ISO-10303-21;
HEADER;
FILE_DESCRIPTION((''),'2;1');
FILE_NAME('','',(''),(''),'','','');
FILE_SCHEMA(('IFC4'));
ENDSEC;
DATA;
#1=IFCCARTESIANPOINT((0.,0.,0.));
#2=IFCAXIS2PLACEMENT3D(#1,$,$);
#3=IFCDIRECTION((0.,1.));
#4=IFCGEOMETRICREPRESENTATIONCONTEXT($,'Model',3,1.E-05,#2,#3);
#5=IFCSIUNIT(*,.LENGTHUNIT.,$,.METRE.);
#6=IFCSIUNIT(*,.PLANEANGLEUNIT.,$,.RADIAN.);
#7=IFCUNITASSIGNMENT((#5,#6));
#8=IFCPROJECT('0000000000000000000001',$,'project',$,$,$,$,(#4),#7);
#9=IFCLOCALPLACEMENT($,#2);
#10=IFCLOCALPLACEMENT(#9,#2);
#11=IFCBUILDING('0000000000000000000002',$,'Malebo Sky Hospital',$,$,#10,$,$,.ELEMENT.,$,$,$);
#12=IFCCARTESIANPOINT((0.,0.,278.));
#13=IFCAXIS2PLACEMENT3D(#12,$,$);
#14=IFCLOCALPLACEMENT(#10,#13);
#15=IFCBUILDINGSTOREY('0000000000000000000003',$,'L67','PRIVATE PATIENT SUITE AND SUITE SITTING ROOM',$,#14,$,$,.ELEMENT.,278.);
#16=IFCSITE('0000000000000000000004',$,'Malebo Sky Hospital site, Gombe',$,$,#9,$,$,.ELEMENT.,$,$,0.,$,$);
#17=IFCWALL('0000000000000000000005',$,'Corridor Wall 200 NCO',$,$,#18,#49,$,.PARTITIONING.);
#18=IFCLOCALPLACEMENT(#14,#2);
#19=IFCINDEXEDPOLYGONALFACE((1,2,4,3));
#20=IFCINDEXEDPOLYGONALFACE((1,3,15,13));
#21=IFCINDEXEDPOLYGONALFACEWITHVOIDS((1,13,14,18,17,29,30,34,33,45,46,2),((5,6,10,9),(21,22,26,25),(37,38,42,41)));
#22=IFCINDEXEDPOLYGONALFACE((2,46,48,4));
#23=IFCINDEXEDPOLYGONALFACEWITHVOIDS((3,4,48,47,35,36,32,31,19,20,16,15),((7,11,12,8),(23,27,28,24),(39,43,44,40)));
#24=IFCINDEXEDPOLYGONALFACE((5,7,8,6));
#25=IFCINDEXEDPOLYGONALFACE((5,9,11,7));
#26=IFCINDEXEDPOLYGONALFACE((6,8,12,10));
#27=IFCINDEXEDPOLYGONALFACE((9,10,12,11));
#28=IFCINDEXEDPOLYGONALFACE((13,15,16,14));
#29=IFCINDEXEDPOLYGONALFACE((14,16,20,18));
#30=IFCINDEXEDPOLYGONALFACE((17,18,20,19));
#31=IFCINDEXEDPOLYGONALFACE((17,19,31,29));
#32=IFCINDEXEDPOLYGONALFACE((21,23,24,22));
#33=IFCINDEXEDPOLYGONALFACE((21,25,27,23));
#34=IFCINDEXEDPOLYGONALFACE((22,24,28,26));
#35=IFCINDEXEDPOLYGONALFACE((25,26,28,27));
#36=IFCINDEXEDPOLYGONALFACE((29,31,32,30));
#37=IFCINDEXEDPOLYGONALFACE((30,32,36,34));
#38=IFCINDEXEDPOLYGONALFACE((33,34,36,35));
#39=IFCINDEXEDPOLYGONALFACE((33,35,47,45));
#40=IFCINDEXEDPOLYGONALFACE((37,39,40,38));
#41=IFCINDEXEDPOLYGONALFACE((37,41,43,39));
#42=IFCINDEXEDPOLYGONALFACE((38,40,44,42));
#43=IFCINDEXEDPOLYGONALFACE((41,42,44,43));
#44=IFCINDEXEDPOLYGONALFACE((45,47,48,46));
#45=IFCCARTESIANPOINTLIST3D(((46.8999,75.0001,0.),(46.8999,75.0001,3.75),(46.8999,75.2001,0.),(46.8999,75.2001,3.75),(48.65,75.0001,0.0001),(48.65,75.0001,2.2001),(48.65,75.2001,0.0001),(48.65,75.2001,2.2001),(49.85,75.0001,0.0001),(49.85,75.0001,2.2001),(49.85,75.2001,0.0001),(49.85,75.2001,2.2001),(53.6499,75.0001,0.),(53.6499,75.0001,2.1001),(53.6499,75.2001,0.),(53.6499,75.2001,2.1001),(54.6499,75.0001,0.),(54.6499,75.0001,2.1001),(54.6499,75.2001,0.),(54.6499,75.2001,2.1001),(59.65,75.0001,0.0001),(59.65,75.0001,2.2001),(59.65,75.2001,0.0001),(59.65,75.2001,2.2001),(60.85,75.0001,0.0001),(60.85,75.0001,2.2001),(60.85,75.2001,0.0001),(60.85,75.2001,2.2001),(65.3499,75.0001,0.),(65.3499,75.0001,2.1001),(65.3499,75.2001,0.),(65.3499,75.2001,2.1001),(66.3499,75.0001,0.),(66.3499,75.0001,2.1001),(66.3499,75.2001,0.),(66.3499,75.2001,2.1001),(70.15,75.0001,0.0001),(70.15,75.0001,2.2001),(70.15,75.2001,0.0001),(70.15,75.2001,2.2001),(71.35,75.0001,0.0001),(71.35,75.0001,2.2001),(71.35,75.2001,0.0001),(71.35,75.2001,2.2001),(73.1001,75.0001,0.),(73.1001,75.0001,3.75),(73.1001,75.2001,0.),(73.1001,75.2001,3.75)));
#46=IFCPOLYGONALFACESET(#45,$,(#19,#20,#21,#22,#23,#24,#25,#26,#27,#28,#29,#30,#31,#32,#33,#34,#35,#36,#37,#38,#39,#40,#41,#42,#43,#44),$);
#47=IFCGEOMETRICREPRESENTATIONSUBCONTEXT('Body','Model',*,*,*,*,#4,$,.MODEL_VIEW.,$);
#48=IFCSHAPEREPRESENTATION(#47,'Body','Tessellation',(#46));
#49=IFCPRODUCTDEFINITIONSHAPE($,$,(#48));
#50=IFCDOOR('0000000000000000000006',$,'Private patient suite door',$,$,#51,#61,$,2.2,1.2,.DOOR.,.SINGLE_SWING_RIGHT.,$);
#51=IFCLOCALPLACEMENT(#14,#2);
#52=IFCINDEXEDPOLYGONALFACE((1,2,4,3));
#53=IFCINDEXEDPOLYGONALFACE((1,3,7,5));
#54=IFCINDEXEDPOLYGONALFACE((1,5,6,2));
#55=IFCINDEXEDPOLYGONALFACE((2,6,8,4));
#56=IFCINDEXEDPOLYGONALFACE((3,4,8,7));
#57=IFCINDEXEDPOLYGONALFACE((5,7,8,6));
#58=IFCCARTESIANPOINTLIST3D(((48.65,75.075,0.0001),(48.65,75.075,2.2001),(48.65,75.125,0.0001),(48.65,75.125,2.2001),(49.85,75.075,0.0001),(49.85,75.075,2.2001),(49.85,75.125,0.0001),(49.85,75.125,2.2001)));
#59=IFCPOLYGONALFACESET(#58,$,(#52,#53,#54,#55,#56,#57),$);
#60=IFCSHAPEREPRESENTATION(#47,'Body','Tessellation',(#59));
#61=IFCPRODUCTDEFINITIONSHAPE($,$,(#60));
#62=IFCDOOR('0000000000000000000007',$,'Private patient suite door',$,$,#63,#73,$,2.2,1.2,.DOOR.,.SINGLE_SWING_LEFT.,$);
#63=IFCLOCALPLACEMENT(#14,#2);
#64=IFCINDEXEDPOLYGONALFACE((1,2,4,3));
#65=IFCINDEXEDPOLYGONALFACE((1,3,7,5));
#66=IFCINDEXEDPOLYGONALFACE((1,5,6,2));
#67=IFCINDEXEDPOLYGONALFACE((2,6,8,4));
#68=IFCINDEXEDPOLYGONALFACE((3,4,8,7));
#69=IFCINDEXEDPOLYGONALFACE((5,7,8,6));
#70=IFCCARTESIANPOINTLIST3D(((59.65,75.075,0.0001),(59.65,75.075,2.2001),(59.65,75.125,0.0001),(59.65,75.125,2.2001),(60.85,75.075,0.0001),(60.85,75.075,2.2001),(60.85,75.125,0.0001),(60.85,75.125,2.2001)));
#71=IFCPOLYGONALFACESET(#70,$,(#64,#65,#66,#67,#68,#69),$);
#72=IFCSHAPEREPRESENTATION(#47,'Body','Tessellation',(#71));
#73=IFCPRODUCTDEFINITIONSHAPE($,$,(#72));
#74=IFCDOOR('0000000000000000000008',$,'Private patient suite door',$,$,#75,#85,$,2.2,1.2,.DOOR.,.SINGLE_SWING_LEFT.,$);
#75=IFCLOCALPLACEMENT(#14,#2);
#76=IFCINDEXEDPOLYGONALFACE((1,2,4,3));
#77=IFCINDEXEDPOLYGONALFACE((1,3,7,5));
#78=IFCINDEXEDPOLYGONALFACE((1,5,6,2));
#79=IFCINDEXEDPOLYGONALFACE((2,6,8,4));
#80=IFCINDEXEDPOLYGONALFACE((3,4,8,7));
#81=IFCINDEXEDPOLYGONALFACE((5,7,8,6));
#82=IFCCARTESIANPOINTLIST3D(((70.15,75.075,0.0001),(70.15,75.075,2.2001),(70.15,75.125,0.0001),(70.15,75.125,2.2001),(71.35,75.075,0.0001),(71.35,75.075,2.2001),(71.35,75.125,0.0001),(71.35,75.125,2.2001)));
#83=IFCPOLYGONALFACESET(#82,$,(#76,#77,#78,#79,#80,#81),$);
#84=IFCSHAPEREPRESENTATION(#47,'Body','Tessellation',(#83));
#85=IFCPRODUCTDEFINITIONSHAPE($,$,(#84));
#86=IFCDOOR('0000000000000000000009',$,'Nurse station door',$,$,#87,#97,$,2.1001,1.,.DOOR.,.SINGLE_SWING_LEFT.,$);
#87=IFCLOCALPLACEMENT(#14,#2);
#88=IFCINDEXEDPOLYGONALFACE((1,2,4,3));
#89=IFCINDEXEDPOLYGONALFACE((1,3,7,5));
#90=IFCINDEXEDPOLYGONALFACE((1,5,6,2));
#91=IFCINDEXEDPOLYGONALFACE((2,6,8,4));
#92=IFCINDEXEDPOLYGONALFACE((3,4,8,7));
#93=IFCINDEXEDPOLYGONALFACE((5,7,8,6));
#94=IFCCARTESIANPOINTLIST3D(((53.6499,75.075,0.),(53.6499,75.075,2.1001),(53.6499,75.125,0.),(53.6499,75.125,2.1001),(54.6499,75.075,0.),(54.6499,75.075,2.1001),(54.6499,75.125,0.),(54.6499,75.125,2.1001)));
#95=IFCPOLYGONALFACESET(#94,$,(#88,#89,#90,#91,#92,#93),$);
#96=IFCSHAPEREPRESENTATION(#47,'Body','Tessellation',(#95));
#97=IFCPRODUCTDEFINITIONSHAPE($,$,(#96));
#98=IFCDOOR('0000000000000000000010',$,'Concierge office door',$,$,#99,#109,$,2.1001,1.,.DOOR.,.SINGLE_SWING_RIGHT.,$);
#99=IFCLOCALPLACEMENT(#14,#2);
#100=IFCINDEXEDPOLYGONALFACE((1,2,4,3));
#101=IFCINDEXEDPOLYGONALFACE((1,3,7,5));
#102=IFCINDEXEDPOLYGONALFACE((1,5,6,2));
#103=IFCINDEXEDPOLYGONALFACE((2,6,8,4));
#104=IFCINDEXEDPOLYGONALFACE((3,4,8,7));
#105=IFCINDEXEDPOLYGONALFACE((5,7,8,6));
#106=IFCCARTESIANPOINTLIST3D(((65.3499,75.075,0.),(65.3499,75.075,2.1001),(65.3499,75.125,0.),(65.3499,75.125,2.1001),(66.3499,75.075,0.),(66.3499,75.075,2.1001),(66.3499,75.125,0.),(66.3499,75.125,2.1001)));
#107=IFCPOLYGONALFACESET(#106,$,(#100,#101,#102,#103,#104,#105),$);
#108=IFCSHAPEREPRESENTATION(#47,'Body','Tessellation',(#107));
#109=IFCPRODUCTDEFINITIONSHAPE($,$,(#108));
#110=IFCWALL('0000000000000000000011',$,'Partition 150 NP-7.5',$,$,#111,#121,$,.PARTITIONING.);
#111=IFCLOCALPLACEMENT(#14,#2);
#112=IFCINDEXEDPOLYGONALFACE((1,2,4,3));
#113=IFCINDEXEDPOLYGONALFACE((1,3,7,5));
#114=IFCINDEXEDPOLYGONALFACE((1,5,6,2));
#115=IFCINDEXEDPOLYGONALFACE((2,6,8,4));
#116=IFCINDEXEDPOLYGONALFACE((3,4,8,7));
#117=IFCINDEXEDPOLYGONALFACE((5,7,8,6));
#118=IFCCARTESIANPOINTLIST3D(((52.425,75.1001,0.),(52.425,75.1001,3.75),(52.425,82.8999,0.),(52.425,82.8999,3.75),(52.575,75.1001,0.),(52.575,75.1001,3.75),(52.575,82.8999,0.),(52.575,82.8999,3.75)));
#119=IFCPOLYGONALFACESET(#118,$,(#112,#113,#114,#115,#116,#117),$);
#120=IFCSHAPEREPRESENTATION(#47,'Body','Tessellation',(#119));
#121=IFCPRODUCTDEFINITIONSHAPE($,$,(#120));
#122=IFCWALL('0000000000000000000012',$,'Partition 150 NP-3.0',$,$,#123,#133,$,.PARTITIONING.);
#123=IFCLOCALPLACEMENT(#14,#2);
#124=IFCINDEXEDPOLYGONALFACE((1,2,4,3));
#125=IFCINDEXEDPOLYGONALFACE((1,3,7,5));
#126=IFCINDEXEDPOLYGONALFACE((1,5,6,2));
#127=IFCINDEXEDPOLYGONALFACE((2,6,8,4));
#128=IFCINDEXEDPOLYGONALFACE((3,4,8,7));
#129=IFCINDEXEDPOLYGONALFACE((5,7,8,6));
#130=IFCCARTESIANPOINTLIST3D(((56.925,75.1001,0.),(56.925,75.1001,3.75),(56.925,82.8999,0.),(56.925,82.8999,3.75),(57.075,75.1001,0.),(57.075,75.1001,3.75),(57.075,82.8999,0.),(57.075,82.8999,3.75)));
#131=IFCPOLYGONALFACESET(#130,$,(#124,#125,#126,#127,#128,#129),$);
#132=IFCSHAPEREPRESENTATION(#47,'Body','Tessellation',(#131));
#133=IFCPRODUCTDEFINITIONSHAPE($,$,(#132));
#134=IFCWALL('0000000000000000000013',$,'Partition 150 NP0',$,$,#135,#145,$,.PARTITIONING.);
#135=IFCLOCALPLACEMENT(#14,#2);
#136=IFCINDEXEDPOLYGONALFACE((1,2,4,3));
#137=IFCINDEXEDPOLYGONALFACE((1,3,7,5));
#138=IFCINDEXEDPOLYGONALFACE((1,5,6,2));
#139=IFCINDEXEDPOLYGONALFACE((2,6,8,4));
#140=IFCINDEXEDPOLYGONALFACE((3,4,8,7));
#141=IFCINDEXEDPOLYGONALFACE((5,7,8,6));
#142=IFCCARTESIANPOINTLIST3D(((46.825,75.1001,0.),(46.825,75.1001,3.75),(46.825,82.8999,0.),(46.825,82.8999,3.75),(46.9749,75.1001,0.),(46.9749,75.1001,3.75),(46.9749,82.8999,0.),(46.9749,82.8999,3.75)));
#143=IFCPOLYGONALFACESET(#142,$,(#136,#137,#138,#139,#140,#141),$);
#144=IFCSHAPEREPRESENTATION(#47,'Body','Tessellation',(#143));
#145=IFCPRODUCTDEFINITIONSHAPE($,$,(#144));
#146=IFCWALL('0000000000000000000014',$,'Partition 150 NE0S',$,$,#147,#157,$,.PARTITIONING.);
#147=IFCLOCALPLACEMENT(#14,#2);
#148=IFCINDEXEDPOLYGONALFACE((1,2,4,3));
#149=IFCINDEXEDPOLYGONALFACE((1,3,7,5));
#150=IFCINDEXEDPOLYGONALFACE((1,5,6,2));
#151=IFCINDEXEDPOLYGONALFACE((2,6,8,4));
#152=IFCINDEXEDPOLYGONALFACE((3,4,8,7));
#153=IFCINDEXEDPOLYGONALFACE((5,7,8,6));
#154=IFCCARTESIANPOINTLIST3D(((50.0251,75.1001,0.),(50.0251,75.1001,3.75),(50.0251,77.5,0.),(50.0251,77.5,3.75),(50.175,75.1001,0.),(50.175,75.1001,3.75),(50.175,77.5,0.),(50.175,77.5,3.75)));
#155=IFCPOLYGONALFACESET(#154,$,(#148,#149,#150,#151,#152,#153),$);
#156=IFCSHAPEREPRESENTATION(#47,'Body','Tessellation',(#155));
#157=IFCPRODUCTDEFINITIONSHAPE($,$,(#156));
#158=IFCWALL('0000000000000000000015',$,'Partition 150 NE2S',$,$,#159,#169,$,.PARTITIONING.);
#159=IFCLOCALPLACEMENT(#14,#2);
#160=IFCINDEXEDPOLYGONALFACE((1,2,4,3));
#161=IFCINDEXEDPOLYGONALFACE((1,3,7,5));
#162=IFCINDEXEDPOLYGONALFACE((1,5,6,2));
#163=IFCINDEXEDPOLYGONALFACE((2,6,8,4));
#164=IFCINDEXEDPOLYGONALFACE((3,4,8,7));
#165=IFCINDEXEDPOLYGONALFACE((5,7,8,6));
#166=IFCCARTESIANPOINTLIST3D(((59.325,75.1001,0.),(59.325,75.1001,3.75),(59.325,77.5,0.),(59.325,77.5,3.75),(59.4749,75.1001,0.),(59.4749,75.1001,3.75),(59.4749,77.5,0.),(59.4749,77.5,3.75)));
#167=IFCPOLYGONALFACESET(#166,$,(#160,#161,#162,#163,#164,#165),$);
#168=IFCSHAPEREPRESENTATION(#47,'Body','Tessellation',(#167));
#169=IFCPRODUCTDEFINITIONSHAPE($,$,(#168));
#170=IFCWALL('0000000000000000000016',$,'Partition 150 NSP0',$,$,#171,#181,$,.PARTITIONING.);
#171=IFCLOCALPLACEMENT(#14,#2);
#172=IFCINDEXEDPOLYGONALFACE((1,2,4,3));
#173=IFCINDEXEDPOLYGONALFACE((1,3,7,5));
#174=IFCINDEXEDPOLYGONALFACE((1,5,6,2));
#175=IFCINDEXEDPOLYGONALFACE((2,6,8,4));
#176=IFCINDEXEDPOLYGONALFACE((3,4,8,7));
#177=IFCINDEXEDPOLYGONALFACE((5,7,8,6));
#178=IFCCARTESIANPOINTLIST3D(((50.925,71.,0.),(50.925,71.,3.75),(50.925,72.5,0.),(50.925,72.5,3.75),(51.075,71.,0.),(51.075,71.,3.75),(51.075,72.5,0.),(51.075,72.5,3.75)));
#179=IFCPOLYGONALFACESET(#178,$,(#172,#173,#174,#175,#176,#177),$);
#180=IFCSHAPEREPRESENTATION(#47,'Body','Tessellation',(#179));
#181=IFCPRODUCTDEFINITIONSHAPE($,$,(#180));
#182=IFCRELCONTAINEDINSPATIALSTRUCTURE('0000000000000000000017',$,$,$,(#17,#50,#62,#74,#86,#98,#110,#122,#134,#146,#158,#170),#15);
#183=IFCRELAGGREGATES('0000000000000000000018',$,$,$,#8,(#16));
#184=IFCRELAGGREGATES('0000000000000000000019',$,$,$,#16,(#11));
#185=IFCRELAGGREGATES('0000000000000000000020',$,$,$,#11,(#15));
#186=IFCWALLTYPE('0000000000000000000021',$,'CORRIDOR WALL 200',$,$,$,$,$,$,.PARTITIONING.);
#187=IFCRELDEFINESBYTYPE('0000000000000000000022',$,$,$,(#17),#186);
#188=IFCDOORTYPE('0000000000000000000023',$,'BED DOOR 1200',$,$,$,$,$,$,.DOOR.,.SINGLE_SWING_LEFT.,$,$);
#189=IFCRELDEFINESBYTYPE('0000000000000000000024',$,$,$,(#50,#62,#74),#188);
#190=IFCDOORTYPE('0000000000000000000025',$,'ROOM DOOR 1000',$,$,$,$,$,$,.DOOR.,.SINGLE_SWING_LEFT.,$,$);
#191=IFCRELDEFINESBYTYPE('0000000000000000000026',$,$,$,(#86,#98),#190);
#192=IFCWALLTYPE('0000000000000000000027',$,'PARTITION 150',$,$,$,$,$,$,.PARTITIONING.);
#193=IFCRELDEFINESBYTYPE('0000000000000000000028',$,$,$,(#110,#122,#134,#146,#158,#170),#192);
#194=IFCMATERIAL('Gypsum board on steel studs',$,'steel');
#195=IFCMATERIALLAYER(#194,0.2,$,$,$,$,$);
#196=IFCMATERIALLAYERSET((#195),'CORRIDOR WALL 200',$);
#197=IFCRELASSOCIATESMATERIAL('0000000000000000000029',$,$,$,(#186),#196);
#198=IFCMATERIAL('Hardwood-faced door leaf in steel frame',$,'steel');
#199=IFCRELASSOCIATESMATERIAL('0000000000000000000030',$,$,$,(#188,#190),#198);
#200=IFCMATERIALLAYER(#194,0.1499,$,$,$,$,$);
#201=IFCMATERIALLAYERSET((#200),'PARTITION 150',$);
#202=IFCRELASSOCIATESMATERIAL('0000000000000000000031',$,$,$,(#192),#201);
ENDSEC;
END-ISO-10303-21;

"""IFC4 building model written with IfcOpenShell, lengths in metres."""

from ifc_helpers import new_model, si_unit, direction, frame, frame_2d, origin, place, context, subcontext, project, spatial, rectangle, extrude, material, layer, layer_set, type_object, element, fill, save


model = new_model("IFC4")

# Units and contexts
model_context = context("Model", 3, precision=1e-05, world=origin(), true_north=direction((0.0, 1.0)))
body_context = subcontext(model_context, "Body", "Model", "MODEL_VIEW")
ifc_project = project(units=[si_unit("LENGTHUNIT", "METRE"), si_unit("PLANEANGLEUNIT", "RADIAN")], contexts=[model_context])

# Site, building, storey
site_placement = place(None, origin())
site = spatial("IfcSite", under=ifc_project, at=site_placement, Name="Malebo Sky Hospital site, Gombe", CompositionType="ELEMENT", RefElevation=0.0)
building_placement = place(site_placement, origin())
building = spatial("IfcBuilding", under=site, at=building_placement, Name="Malebo Sky Hospital", CompositionType="ELEMENT")
storey_placement = place(building_placement, frame((0.0, 0.0, 278.0)))
storey = spatial("IfcBuildingStorey", under=building, at=storey_placement, Name="L67", Description="PRIVATE PATIENT SUITE AND SUITE SITTING ROOM", CompositionType="ELEMENT", Elevation=278.0)

# Shared definitions
ifc_material_1 = material(Name="Hardwood-faced door leaf in steel frame", Category="steel")

# Wall, openings, doors
ifc_material_2 = material(Name="Gypsum board on steel studs", Category="steel")
ifc_layer_1 = layer(ifc_material_2, 0.2)
ifc_layer_set_1 = layer_set([ifc_layer_1], Name="CORRIDOR WALL 200")
wall_type_1 = type_object("IfcWallType", Name="CORRIDOR WALL 200", PredefinedType="PARTITIONING", material=ifc_layer_set_1)
wall_1_placement = place(storey_placement, frame((46.8999, 75.1001, 0.0), z_axis=(0.0, 0.0, 1.0), x_axis=(1.0, 0.0, 0.0)))
wall_1 = element("IfcWall", 1, at=wall_1_placement, inside=storey, type_object=wall_type_1, Name="Corridor Wall 200 NCO", PredefinedType="PARTITIONING", context=body_context, shape_type="SweptSolid", body=[
    extrude(rectangle(XDim=26.2002, YDim=0.2, at=frame_2d((13.1001, 0.0))), origin(), (0.0, 0.0, 1.0), 3.75),
])
opening_1_placement = place(wall_1_placement, frame((1.75, 0.0, 0.0)))
opening_1 = element("IfcOpeningElement", 2, at=opening_1_placement, cuts=wall_1, PredefinedType="OPENING", context=body_context, shape_type="SweptSolid", body=[
    extrude(rectangle(XDim=1.2, YDim=2.2, at=frame_2d((0.6001, 1.1001))), frame((0.0, 0.1099, 0.0), z_axis=(0.0, -1.0, 0.0), x_axis=(1.0, 0.0, 0.0)), (0.0, 0.0, 1.0), 0.22),
])
opening_2_placement = place(wall_1_placement, frame((6.75, 0.0, 0.0)))
opening_2 = element("IfcOpeningElement", 3, at=opening_2_placement, cuts=wall_1, PredefinedType="OPENING", context=body_context, shape_type="SweptSolid", body=[
    extrude(rectangle(XDim=1.0, YDim=2.1001, at=frame_2d((0.5, 1.05))), frame((0.0, 0.1099, 0.0), z_axis=(0.0, -1.0, 0.0), x_axis=(1.0, 0.0, 0.0)), (0.0, 0.0, 1.0), 0.22),
])
opening_3_placement = place(wall_1_placement, frame((12.75, 0.0, 0.0)))
opening_3 = element("IfcOpeningElement", 4, at=opening_3_placement, cuts=wall_1, PredefinedType="OPENING", context=body_context, shape_type="SweptSolid", body=[
    extrude(rectangle(XDim=1.2, YDim=2.2, at=frame_2d((0.6001, 1.1001))), frame((0.0, 0.1099, 0.0), z_axis=(0.0, -1.0, 0.0), x_axis=(1.0, 0.0, 0.0)), (0.0, 0.0, 1.0), 0.22),
])
opening_4_placement = place(wall_1_placement, frame((18.45, 0.0, 0.0)))
opening_4 = element("IfcOpeningElement", 5, at=opening_4_placement, cuts=wall_1, PredefinedType="OPENING", context=body_context, shape_type="SweptSolid", body=[
    extrude(rectangle(XDim=1.0, YDim=2.1001, at=frame_2d((0.5, 1.05))), frame((0.0, 0.1099, 0.0), z_axis=(0.0, -1.0, 0.0), x_axis=(1.0, 0.0, 0.0)), (0.0, 0.0, 1.0), 0.22),
])
opening_5_placement = place(wall_1_placement, frame((23.25, 0.0, 0.0)))
opening_5 = element("IfcOpeningElement", 6, at=opening_5_placement, cuts=wall_1, PredefinedType="OPENING", context=body_context, shape_type="SweptSolid", body=[
    extrude(rectangle(XDim=1.2, YDim=2.2, at=frame_2d((0.6001, 1.1001))), frame((0.0, 0.1099, 0.0), z_axis=(0.0, -1.0, 0.0), x_axis=(1.0, 0.0, 0.0)), (0.0, 0.0, 1.0), 0.22),
])
door_type_1 = type_object("IfcDoorType", Name="BED DOOR 1200", OperationType="SINGLE_SWING_LEFT", PredefinedType="DOOR", material=ifc_material_1)
door_1_placement = place(opening_1_placement, origin())
door_1 = element("IfcDoor", 7, at=door_1_placement, inside=storey, type_object=door_type_1, Name="Private patient suite door", OperationType="SINGLE_SWING_RIGHT", OverallHeight=2.2, OverallWidth=1.2, PredefinedType="DOOR", context=body_context, shape_type="SweptSolid", body=[
    extrude(rectangle(XDim=1.2, YDim=2.2, at=frame_2d((0.6001, 1.1001))), frame((0.0, 0.0249, 0.0), z_axis=(0.0, -1.0, 0.0), x_axis=(1.0, 0.0, 0.0)), (0.0, 0.0, 1.0), 0.05),
])
fill(opening_1, door_1)
door_2_placement = place(opening_3_placement, origin())
door_2 = element("IfcDoor", 8, at=door_2_placement, inside=storey, type_object=door_type_1, Name="Private patient suite door", OperationType="SINGLE_SWING_LEFT", OverallHeight=2.2, OverallWidth=1.2, PredefinedType="DOOR", context=body_context, shape_type="SweptSolid", body=[
    extrude(rectangle(XDim=1.2, YDim=2.2, at=frame_2d((0.6001, 1.1001))), frame((0.0, 0.0249, 0.0), z_axis=(0.0, -1.0, 0.0), x_axis=(1.0, 0.0, 0.0)), (0.0, 0.0, 1.0), 0.05),
])
fill(opening_3, door_2)
door_3_placement = place(opening_5_placement, origin())
door_3 = element("IfcDoor", 9, at=door_3_placement, inside=storey, type_object=door_type_1, Name="Private patient suite door", OperationType="SINGLE_SWING_LEFT", OverallHeight=2.2, OverallWidth=1.2, PredefinedType="DOOR", context=body_context, shape_type="SweptSolid", body=[
    extrude(rectangle(XDim=1.2, YDim=2.2, at=frame_2d((0.6001, 1.1001))), frame((0.0, 0.0249, 0.0), z_axis=(0.0, -1.0, 0.0), x_axis=(1.0, 0.0, 0.0)), (0.0, 0.0, 1.0), 0.05),
])
fill(opening_5, door_3)
door_type_2 = type_object("IfcDoorType", Name="ROOM DOOR 1000", OperationType="SINGLE_SWING_LEFT", PredefinedType="DOOR", material=ifc_material_1)
door_4_placement = place(opening_2_placement, origin())
door_4 = element("IfcDoor", 10, at=door_4_placement, inside=storey, type_object=door_type_2, Name="Nurse station door", OperationType="SINGLE_SWING_LEFT", OverallHeight=2.1001, OverallWidth=1.0, PredefinedType="DOOR", context=body_context, shape_type="SweptSolid", body=[
    extrude(rectangle(XDim=1.0, YDim=2.1001, at=frame_2d((0.5, 1.05))), frame((0.0, 0.0249, 0.0), z_axis=(0.0, -1.0, 0.0), x_axis=(1.0, 0.0, 0.0)), (0.0, 0.0, 1.0), 0.05),
])
fill(opening_2, door_4)
door_5_placement = place(opening_4_placement, origin())
door_5 = element("IfcDoor", 11, at=door_5_placement, inside=storey, type_object=door_type_2, Name="Concierge office door", OperationType="SINGLE_SWING_RIGHT", OverallHeight=2.1001, OverallWidth=1.0, PredefinedType="DOOR", context=body_context, shape_type="SweptSolid", body=[
    extrude(rectangle(XDim=1.0, YDim=2.1001, at=frame_2d((0.5, 1.05))), frame((0.0, 0.0249, 0.0), z_axis=(0.0, -1.0, 0.0), x_axis=(1.0, 0.0, 0.0)), (0.0, 0.0, 1.0), 0.05),
])
fill(opening_4, door_5)

# Walls
ifc_layer_2 = layer(ifc_material_2, 0.1499)
ifc_layer_set_2 = layer_set([ifc_layer_2], Name="PARTITION 150")
wall_type_2 = type_object("IfcWallType", Name="PARTITION 150", PredefinedType="PARTITIONING", material=ifc_layer_set_2)
for number, where, z_axis, x_axis, name in (
    (12, (52.5, 75.1001, 0.0), (0.0, 0.0, 1.0), (0.0, 1.0, 0.0), "Partition 150 NP-7.5"),
    (13, (57.0, 75.1001, 0.0), (0.0, 0.0, 1.0), (0.0, 1.0, 0.0), "Partition 150 NP-3.0"),
    (14, (46.8999, 75.1001, 0.0), (0.0, 0.0, 1.0), (0.0, 1.0, 0.0), "Partition 150 NP0"),
):
    element("IfcWall", number, at=place(storey_placement, frame(where, z_axis=z_axis, x_axis=x_axis)), inside=storey, type_object=wall_type_2, Name=name, PredefinedType="PARTITIONING", context=body_context, shape_type="SweptSolid", body=[
        extrude(rectangle(XDim=7.7998, YDim=0.1499, at=frame_2d((3.8999, 0.0))), origin(), (0.0, 0.0, 1.0), 3.75),
    ])
for number, where, z_axis, x_axis, name in (
    (15, (50.1001, 75.1001, 0.0), (0.0, 0.0, 1.0), (0.0, 1.0, 0.0), "Partition 150 NE0S"),
    (16, (59.3999, 75.1001, 0.0), (0.0, 0.0, 1.0), (0.0, 1.0, 0.0), "Partition 150 NE2S"),
):
    element("IfcWall", number, at=place(storey_placement, frame(where, z_axis=z_axis, x_axis=x_axis)), inside=storey, type_object=wall_type_2, Name=name, PredefinedType="PARTITIONING", context=body_context, shape_type="SweptSolid", body=[
        extrude(rectangle(XDim=2.3999, YDim=0.1499, at=frame_2d((1.2, 0.0))), origin(), (0.0, 0.0, 1.0), 3.75),
    ])
wall_2_placement = place(storey_placement, frame((51.0, 71.0, 0.0), z_axis=(0.0, 0.0, 1.0), x_axis=(0.0, 1.0, 0.0)))
element("IfcWall", 17, at=wall_2_placement, inside=storey, type_object=wall_type_2, Name="Partition 150 NSP0", PredefinedType="PARTITIONING", context=body_context, shape_type="SweptSolid", body=[
    extrude(rectangle(XDim=1.5, YDim=0.1499, at=frame_2d((0.75, 0.0))), origin(), (0.0, 0.0, 1.0), 3.75),
])

save(model, "model.ifc")
